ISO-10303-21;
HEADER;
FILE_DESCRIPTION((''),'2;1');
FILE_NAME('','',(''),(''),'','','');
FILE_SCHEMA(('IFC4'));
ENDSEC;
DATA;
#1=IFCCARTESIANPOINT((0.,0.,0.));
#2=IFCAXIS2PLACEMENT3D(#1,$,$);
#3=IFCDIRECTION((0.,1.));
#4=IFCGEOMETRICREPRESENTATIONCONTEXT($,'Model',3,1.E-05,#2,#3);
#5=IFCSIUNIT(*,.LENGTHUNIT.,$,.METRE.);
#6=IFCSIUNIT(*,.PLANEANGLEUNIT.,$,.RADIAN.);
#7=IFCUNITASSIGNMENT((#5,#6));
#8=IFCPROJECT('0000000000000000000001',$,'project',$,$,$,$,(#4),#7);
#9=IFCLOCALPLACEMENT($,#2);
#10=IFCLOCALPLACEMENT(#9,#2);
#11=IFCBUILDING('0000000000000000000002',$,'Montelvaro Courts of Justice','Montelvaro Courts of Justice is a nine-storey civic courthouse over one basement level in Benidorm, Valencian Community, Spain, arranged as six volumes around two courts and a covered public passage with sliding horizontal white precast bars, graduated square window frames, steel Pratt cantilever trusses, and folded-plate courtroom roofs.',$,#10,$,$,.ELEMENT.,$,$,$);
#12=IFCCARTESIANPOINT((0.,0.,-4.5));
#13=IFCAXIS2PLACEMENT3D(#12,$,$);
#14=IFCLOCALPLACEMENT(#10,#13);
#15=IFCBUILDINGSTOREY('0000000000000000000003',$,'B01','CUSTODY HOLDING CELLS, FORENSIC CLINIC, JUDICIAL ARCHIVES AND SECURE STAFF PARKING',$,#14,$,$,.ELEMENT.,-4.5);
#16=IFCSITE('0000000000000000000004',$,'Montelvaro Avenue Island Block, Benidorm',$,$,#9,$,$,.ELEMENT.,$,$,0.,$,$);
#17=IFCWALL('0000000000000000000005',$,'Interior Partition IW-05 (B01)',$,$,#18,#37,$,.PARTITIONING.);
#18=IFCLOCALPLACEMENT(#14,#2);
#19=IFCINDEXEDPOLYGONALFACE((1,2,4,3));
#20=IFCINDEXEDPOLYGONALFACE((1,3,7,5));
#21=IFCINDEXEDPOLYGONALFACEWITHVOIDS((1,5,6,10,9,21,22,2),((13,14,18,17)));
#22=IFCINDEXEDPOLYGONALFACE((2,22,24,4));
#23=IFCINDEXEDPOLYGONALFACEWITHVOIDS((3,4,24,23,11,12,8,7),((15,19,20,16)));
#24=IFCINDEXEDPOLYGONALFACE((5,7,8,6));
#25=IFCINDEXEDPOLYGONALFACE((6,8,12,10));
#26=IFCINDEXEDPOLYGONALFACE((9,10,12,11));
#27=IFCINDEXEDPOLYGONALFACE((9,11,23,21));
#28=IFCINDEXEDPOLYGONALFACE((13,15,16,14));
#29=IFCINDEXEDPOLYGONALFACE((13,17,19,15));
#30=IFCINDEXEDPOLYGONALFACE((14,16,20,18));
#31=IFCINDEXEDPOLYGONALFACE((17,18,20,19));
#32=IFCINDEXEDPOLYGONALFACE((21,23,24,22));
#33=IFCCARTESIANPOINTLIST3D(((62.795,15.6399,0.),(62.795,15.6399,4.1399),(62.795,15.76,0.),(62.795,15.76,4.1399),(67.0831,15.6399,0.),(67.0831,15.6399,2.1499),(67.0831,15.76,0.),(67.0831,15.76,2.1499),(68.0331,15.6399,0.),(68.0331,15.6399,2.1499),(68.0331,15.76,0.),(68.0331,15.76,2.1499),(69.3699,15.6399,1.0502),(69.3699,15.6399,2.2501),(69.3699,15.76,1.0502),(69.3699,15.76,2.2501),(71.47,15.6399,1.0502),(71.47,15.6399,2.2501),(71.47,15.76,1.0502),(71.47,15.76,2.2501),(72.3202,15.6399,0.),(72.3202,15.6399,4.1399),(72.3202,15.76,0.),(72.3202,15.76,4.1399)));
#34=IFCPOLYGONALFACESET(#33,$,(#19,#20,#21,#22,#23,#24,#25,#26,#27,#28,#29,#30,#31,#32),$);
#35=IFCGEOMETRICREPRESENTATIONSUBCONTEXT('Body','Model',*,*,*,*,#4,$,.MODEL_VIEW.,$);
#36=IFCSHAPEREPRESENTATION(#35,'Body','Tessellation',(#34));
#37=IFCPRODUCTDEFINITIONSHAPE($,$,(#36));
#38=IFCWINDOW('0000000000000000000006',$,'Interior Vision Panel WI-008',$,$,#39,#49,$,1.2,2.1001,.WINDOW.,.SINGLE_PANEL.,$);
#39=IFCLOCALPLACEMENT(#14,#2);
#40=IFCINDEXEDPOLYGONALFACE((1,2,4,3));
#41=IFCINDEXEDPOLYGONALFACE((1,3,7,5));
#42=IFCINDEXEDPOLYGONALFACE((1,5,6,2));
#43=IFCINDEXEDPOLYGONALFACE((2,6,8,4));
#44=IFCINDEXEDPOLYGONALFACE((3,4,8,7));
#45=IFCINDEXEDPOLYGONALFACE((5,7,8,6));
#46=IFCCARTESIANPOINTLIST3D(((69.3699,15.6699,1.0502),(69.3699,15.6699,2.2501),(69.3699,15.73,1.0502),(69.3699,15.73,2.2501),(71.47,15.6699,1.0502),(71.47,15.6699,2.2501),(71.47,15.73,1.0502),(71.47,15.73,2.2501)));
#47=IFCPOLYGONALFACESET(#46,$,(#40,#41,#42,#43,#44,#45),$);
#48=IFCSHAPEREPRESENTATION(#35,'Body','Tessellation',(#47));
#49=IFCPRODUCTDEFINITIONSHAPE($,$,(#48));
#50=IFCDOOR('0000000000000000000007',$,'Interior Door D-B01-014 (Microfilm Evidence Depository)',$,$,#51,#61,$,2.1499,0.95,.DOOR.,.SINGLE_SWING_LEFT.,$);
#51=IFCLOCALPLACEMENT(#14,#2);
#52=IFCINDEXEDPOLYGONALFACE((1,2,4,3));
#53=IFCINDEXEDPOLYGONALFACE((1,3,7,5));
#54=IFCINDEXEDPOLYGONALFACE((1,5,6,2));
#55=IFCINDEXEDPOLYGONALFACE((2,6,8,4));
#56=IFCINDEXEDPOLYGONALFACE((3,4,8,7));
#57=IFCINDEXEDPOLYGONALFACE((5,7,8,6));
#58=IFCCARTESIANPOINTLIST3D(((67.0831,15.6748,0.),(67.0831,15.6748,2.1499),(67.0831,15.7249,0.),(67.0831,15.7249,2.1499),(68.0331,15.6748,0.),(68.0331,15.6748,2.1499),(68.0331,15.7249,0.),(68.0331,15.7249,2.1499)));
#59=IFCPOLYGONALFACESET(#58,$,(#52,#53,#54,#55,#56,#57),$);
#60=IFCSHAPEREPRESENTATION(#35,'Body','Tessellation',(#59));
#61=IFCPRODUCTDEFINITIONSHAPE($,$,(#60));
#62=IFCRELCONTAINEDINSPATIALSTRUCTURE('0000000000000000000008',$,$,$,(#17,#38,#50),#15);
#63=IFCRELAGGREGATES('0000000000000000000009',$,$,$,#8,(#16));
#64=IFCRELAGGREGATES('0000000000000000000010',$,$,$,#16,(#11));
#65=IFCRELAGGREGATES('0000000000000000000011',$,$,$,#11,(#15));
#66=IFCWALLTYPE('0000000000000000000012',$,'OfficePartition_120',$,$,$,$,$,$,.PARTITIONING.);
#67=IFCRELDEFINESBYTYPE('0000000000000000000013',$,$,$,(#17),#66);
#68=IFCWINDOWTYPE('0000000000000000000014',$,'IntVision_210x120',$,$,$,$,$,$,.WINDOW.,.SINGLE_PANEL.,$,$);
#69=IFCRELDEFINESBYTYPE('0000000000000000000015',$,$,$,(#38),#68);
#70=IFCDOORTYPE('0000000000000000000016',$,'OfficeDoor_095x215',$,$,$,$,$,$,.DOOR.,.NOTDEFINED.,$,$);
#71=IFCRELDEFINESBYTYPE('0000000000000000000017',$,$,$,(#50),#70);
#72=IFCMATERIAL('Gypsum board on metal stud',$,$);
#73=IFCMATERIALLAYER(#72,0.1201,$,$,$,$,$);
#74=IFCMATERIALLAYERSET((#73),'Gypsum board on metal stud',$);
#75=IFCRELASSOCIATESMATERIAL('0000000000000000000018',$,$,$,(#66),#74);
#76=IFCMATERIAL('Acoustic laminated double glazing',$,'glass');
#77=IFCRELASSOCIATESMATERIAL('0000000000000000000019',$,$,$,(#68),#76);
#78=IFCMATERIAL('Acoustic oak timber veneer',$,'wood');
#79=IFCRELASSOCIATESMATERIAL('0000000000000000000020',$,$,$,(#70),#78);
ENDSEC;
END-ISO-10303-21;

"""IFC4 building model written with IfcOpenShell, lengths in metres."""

from ifc_helpers import new_model, si_unit, direction, frame, frame_2d, origin, place, context, subcontext, project, spatial, rectangle, extrude, material, layer, layer_set, type_object, element, fill, save


model = new_model("IFC4")

# Units and contexts
model_context = context("Model", 3, precision=1e-05, world=origin(), true_north=direction((0.0, 1.0)))
body_context = subcontext(model_context, "Body", "Model", "MODEL_VIEW")
ifc_project = project(units=[si_unit("LENGTHUNIT", "METRE"), si_unit("PLANEANGLEUNIT", "RADIAN")], contexts=[model_context])

# Site, building, storey
site_placement = place(None, origin())
site = spatial("IfcSite", under=ifc_project, at=site_placement, Name="Montelvaro Avenue Island Block, Benidorm", CompositionType="ELEMENT", RefElevation=0.0)
building_placement = place(site_placement, origin())
building = spatial("IfcBuilding", under=site, at=building_placement, Name="Montelvaro Courts of Justice", Description="Montelvaro Courts of Justice is a nine-storey civic courthouse over one basement level in Benidorm, Valencian Community, Spain, arranged as six volumes around two courts and a covered public passage with sliding horizontal white precast bars, graduated square window frames, steel Pratt cantilever trusses, and folded-plate courtroom roofs.", CompositionType="ELEMENT")
storey_placement = place(building_placement, frame((0.0, 0.0, -4.5)))
storey = spatial("IfcBuildingStorey", under=building, at=storey_placement, Name="B01", Description="CUSTODY HOLDING CELLS, FORENSIC CLINIC, JUDICIAL ARCHIVES AND SECURE STAFF PARKING", CompositionType="ELEMENT", Elevation=-4.5)

# Shared definitions
ifc_material_1 = material(Name="Acoustic laminated double glazing", Category="glass")

# Wall, openings, window, door
ifc_material_2 = material(Name="Gypsum board on metal stud")
ifc_layer_1 = layer(ifc_material_2, 0.1201)
ifc_layer_set_1 = layer_set([ifc_layer_1], Name="Gypsum board on metal stud")
wall_type_1 = type_object("IfcWallType", Name="OfficePartition_120", PredefinedType="PARTITIONING", material=ifc_layer_set_1)
wall_1_placement = place(storey_placement, frame((62.7949, 15.7, 0.0), z_axis=(0.0, 0.0, 1.0), x_axis=(1.0, 0.0, 0.0)))
wall_1 = element("IfcWall", 1, at=wall_1_placement, inside=storey, type_object=wall_type_1, Name="Interior Partition IW-05 (B01)", PredefinedType="PARTITIONING", context=body_context, shape_type="SweptSolid", body=[
    extrude(rectangle(XDim=9.5251, YDim=0.1201, at=frame_2d((4.7627, 0.0))), origin(), (0.0, 0.0, 1.0), 4.1399),
])
opening_1_placement = place(wall_1_placement, frame((4.2881, 0.0, 0.0)))
opening_1 = element("IfcOpeningElement", 2, at=opening_1_placement, cuts=wall_1, PredefinedType="OPENING", context=body_context, shape_type="SweptSolid", body=[
    extrude(rectangle(XDim=0.95, YDim=2.1499, at=frame_2d((0.4751, 1.075))), frame((0.0, 0.075, 0.0), z_axis=(0.0, -1.0, 0.0), x_axis=(1.0, 0.0, 0.0)), (0.0, 0.0, 1.0), 0.1499),
])
opening_2_placement = place(wall_1_placement, frame((6.575, 0.0, 1.05)))
opening_2 = element("IfcOpeningElement", 3, at=opening_2_placement, cuts=wall_1, PredefinedType="OPENING", context=body_context, shape_type="SweptSolid", body=[
    extrude(rectangle(XDim=2.1001, YDim=1.2, at=frame_2d((1.05, 0.6001))), frame((0.0, 0.075, 0.0), z_axis=(0.0, -1.0, 0.0), x_axis=(1.0, 0.0, 0.0)), (0.0, 0.0, 1.0), 0.1499),
])
window_type_1 = type_object("IfcWindowType", Name="IntVision_210x120", PartitioningType="SINGLE_PANEL", PredefinedType="WINDOW", material=ifc_material_1)
window_1_placement = place(opening_2_placement, origin())
window_1 = element("IfcWindow", 4, at=window_1_placement, inside=storey, type_object=window_type_1, Name="Interior Vision Panel WI-008", OverallHeight=1.2, OverallWidth=2.1001, PartitioningType="SINGLE_PANEL", PredefinedType="WINDOW", context=body_context, shape_type="SweptSolid", body=[
    extrude(rectangle(XDim=2.1001, YDim=1.2, at=frame_2d((1.05, 0.6001))), frame((0.0, 0.03, 0.0), z_axis=(0.0, -1.0, 0.0), x_axis=(1.0, 0.0, 0.0)), (0.0, 0.0, 1.0), 0.0601),
])
fill(opening_2, window_1)
ifc_material_3 = material(Name="Acoustic oak timber veneer", Category="wood")
door_type_1 = type_object("IfcDoorType", Name="OfficeDoor_095x215", OperationType="NOTDEFINED", PredefinedType="DOOR", material=ifc_material_3)
door_1_placement = place(opening_1_placement, origin())
door_1 = element("IfcDoor", 5, at=door_1_placement, inside=storey, type_object=door_type_1, Name="Interior Door D-B01-014 (Microfilm Evidence Depository)", OperationType="SINGLE_SWING_LEFT", OverallHeight=2.1499, OverallWidth=0.95, PredefinedType="DOOR", context=body_context, shape_type="SweptSolid", body=[
    extrude(rectangle(XDim=0.95, YDim=2.1499, at=frame_2d((0.4751, 1.075))), frame((0.0, 0.0249, 0.0), z_axis=(0.0, -1.0, 0.0), x_axis=(1.0, 0.0, 0.0)), (0.0, 0.0, 1.0), 0.05),
])
fill(opening_1, door_1)

save(model, "model.ifc")
